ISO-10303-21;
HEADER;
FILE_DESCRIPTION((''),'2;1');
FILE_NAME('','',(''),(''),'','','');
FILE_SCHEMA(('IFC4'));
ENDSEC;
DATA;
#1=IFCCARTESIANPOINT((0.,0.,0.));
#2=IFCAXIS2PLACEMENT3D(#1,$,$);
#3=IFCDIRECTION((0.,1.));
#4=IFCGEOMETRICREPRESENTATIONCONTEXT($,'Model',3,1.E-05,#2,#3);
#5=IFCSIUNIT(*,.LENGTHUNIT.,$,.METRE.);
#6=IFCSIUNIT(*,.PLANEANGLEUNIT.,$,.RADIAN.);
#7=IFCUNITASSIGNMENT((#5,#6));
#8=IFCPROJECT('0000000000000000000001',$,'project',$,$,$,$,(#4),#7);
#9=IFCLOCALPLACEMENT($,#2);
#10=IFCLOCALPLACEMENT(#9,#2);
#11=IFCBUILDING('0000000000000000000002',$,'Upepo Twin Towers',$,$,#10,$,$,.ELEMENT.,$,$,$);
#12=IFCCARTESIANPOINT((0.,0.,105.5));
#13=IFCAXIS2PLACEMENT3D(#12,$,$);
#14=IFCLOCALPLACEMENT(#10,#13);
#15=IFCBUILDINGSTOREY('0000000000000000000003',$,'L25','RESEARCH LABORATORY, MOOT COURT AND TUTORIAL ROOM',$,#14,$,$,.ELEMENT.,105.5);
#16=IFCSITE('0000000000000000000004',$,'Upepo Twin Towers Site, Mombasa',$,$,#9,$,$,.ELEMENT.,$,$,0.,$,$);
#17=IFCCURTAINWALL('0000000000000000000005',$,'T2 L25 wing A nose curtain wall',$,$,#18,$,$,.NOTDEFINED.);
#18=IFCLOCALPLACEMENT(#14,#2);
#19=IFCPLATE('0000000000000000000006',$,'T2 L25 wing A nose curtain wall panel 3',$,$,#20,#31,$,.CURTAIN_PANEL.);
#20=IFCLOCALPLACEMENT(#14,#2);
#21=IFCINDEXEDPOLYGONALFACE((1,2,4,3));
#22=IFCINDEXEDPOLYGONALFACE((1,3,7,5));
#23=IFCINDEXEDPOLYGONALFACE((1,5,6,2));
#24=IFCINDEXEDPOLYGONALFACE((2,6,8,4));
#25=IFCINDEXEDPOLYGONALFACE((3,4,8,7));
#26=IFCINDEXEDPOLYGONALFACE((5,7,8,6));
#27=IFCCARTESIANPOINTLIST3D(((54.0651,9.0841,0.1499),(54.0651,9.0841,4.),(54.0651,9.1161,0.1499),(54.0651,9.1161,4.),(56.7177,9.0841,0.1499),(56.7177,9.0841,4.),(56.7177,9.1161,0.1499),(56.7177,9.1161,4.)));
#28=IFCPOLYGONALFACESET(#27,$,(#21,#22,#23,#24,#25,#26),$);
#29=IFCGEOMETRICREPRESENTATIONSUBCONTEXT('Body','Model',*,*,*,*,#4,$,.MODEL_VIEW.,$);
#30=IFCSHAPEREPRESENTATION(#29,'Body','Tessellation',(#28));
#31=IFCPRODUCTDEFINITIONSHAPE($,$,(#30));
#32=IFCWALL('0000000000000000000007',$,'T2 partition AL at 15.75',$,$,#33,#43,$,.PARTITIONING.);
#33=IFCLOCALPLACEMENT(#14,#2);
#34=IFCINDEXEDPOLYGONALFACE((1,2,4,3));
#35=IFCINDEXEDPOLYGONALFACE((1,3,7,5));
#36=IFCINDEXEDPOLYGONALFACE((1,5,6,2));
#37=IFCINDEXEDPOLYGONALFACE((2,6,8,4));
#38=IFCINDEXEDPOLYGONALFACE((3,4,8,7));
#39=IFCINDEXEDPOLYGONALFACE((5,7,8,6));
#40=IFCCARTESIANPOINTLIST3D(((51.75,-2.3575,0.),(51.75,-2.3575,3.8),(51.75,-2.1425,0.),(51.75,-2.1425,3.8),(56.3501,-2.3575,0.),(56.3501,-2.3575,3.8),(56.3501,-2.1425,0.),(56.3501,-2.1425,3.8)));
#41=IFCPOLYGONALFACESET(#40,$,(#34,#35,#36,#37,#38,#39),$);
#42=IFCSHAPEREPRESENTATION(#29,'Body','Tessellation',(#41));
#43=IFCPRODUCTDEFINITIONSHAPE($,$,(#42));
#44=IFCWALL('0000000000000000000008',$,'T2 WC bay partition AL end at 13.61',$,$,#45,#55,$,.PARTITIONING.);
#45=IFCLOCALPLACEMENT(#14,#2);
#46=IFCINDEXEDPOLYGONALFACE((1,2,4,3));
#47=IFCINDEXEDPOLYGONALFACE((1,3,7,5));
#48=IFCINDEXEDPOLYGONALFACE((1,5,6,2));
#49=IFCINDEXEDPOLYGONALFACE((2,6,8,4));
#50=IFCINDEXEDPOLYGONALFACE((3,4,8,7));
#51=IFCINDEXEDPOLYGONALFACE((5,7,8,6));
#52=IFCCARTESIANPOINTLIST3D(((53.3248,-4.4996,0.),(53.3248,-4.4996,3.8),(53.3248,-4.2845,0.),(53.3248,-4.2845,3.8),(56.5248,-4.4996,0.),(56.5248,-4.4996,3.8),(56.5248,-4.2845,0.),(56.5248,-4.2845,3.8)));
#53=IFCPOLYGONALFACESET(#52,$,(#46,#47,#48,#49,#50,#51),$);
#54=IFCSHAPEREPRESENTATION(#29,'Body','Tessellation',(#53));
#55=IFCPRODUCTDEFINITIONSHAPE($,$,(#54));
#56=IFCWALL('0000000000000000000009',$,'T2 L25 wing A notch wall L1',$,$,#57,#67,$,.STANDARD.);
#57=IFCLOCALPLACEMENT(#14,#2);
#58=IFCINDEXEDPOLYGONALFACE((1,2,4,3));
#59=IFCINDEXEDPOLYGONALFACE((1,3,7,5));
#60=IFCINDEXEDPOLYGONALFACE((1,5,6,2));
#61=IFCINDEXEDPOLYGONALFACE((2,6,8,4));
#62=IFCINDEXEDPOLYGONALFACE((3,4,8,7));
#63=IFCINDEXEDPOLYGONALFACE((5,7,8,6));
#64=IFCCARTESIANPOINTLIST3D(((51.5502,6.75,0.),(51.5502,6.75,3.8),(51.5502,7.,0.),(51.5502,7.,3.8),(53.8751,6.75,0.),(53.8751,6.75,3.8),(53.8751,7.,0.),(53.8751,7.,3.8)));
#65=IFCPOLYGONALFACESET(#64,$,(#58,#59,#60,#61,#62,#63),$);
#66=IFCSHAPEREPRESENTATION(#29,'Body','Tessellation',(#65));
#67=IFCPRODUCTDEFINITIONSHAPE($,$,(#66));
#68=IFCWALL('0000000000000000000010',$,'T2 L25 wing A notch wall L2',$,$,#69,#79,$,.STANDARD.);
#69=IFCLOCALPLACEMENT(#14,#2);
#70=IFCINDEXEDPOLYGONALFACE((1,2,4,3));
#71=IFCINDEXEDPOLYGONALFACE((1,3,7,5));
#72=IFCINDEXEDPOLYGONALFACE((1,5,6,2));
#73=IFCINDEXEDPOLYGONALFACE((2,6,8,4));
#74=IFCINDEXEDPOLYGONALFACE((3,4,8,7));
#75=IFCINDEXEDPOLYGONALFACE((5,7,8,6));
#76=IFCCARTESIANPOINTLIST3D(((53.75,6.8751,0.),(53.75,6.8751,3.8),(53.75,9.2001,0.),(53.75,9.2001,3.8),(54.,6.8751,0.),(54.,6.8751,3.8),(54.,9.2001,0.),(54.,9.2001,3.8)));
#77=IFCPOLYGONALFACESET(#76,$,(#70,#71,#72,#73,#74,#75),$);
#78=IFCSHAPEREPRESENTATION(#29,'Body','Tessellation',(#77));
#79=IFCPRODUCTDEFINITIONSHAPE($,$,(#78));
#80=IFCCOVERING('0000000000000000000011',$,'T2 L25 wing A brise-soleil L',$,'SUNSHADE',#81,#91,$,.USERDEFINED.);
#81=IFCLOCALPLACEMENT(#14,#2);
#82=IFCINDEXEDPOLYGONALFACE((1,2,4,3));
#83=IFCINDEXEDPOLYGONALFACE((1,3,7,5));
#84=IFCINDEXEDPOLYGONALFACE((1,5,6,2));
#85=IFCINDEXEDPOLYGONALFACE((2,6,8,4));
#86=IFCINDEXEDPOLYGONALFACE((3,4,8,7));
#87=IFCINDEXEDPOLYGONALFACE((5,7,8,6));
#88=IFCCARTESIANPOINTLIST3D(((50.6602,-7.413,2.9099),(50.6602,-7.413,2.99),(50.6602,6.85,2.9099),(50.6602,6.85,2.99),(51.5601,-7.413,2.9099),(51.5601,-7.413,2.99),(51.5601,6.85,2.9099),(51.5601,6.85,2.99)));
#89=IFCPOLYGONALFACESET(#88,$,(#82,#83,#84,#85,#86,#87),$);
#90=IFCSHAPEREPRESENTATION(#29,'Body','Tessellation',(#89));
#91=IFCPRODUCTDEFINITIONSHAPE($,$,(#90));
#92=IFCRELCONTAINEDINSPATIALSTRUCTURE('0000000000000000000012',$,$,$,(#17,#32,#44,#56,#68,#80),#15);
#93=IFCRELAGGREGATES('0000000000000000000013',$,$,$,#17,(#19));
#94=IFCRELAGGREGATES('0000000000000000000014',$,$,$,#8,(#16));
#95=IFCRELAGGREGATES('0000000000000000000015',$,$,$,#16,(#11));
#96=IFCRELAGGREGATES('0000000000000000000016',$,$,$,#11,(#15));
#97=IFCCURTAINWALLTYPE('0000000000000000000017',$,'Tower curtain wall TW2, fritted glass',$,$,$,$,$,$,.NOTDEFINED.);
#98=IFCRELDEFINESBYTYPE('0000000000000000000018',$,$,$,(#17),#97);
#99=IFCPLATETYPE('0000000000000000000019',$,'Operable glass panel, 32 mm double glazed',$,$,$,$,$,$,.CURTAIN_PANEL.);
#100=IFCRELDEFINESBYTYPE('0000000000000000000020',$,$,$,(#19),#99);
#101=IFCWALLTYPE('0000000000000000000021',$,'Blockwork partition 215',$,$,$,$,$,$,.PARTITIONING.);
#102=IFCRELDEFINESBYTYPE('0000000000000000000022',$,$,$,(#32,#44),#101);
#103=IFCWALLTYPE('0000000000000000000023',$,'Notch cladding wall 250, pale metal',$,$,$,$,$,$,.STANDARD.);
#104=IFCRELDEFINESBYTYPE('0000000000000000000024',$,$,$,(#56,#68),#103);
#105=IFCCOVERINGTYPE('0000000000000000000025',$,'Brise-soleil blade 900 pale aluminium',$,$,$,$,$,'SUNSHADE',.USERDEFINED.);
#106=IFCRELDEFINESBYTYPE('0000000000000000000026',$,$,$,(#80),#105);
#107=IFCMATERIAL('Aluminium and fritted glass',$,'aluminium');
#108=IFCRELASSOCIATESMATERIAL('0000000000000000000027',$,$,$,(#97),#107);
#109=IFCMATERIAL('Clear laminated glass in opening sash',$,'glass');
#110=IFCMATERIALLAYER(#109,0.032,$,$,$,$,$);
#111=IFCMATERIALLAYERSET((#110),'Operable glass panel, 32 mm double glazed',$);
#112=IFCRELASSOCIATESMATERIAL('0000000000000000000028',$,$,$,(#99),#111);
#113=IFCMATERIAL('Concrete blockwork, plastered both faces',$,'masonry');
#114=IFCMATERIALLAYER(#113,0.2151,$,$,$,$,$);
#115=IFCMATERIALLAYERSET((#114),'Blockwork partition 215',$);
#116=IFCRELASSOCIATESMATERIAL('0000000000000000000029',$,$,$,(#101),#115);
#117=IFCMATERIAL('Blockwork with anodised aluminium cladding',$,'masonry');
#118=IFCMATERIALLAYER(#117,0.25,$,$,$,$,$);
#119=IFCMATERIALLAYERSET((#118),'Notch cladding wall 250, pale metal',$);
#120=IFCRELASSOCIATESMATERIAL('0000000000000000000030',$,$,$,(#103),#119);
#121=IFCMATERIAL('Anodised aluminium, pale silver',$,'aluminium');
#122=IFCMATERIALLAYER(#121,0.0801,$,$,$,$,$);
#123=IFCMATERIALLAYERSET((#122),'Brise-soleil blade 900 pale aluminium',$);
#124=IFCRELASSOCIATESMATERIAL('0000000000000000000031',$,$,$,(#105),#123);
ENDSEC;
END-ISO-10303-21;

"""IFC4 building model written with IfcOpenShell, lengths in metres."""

from ifc_helpers import new_model, si_unit, direction, frame, frame_2d, origin, origin_2d, place, context, subcontext, project, spatial, rectangle, extrude, material, layer, layer_set, type_object, element, aggregate, save


model = new_model("IFC4")

# Units and contexts
model_context = context("Model", 3, precision=1e-05, world=origin(), true_north=direction((0.0, 1.0)))
body_context = subcontext(model_context, "Body", "Model", "MODEL_VIEW")
ifc_project = project(units=[si_unit("LENGTHUNIT", "METRE"), si_unit("PLANEANGLEUNIT", "RADIAN")], contexts=[model_context])

# Site, building, storey
site_placement = place(None, origin())
site = spatial("IfcSite", under=ifc_project, at=site_placement, Name="Upepo Twin Towers Site, Mombasa", CompositionType="ELEMENT", RefElevation=0.0)
building_placement = place(site_placement, origin())
building = spatial("IfcBuilding", under=site, at=building_placement, Name="Upepo Twin Towers", CompositionType="ELEMENT")
storey_placement = place(building_placement, frame((0.0, 0.0, 105.5)))
storey = spatial("IfcBuildingStorey", under=building, at=storey_placement, Name="L25", Description="RESEARCH LABORATORY, MOOT COURT AND TUTORIAL ROOM", CompositionType="ELEMENT", Elevation=105.5)

# Shared definitions
ifc_material_1 = material(Name="Aluminium and fritted glass", Category="aluminium")
curtain_wall_type = type_object("IfcCurtainWallType", Name="Tower curtain wall TW2, fritted glass", PredefinedType="NOTDEFINED", material=ifc_material_1)

# Curtain wall
curtain_wall_1_placement = place(storey_placement, origin())
curtain_wall_1 = element("IfcCurtainWall", 1, at=curtain_wall_1_placement, inside=storey, type_object=curtain_wall_type, Name="T2 L25 wing A nose curtain wall", PredefinedType="NOTDEFINED")

# Plate
ifc_material_2 = material(Name="Clear laminated glass in opening sash", Category="glass")
ifc_layer_1 = layer(ifc_material_2, 0.032)
ifc_layer_set_1 = layer_set([ifc_layer_1], Name="Operable glass panel, 32 mm double glazed")
plate_type_1 = type_object("IfcPlateType", Name="Operable glass panel, 32 mm double glazed", PredefinedType="CURTAIN_PANEL", material=ifc_layer_set_1)
plate_1_placement = place(storey_placement, frame((55.3914, 9.1001, 0.1499), z_axis=(0.0, 0.0, 1.0), x_axis=(-1.0, 0.0, 0.0)))
plate_1 = element("IfcPlate", 2, at=plate_1_placement, type_object=plate_type_1, Name="T2 L25 wing A nose curtain wall panel 3", PredefinedType="CURTAIN_PANEL", context=body_context, shape_type="SweptSolid", body=[
    extrude(rectangle(XDim=2.6526, YDim=0.032, at=origin_2d()), origin(), (0.0, 0.0, 1.0), 3.8501),
])
aggregate(curtain_wall_1, [plate_1])

# Walls
ifc_material_3 = material(Name="Concrete blockwork, plastered both faces", Category="masonry")
ifc_layer_2 = layer(ifc_material_3, 0.2151)
ifc_layer_set_2 = layer_set([ifc_layer_2], Name="Blockwork partition 215")
wall_type_1 = type_object("IfcWallType", Name="Blockwork partition 215", PredefinedType="PARTITIONING", material=ifc_layer_set_2)
wall_1_placement = place(storey_placement, frame((56.3501, -2.25, 0.0), z_axis=(0.0, 0.0, 1.0), x_axis=(-1.0, 0.0, 0.0)))
element("IfcWall", 3, at=wall_1_placement, inside=storey, type_object=wall_type_1, Name="T2 partition AL at 15.75", PredefinedType="PARTITIONING", context=body_context, shape_type="SweptSolid", body=[
    extrude(rectangle(XDim=4.6001, YDim=0.2151, at=frame_2d((2.3, 0.0))), origin(), (0.0, 0.0, 1.0), 3.8),
])
wall_2_placement = place(storey_placement, frame((56.5249, -4.3921, 0.0), z_axis=(0.0, 0.0, 1.0), x_axis=(-1.0, 0.0, 0.0)))
element("IfcWall", 4, at=wall_2_placement, inside=storey, type_object=wall_type_1, Name="T2 WC bay partition AL end at 13.61", PredefinedType="PARTITIONING", context=body_context, shape_type="SweptSolid", body=[
    extrude(rectangle(XDim=3.2, YDim=0.2151, at=frame_2d((1.6001, 0.0))), origin(), (0.0, 0.0, 1.0), 3.8),
])
ifc_material_4 = material(Name="Blockwork with anodised aluminium cladding", Category="masonry")
ifc_layer_3 = layer(ifc_material_4, 0.25)
ifc_layer_set_3 = layer_set([ifc_layer_3], Name="Notch cladding wall 250, pale metal")
wall_type_2 = type_object("IfcWallType", Name="Notch cladding wall 250, pale metal", PredefinedType="STANDARD", material=ifc_layer_set_3)
for number, where, z_axis, x_axis, name in (
    (5, (51.55, 6.875, 0.0), (0.0, 0.0, 1.0), (1.0, 0.0, 0.0), "T2 L25 wing A notch wall L1"),
    (6, (53.875, 6.875, 0.0), (0.0, 0.0, 1.0), (0.0, 1.0, 0.0), "T2 L25 wing A notch wall L2"),
):
    element("IfcWall", number, at=place(storey_placement, frame(where, z_axis=z_axis, x_axis=x_axis)), inside=storey, type_object=wall_type_2, Name=name, PredefinedType="STANDARD", context=body_context, shape_type="SweptSolid", body=[
        extrude(rectangle(XDim=2.325, YDim=0.25, at=frame_2d((1.1626, 0.0))), origin(), (0.0, 0.0, 1.0), 3.8),
    ])

# Covering
ifc_material_5 = material(Name="Anodised aluminium, pale silver", Category="aluminium")
ifc_layer_4 = layer(ifc_material_5, 0.0801)
ifc_layer_set_4 = layer_set([ifc_layer_4], Name="Brise-soleil blade 900 pale aluminium")
covering_type = type_object("IfcCoveringType", Name="Brise-soleil blade 900 pale aluminium", ElementType="SUNSHADE", PredefinedType="USERDEFINED", material=ifc_layer_set_4)
covering_placement = place(storey_placement, frame((51.1101, -0.2815, 2.9099), z_axis=(0.0, 0.0, 1.0), x_axis=(0.0, 1.0, 0.0)))
element("IfcCovering", 7, at=covering_placement, inside=storey, type_object=covering_type, Name="T2 L25 wing A brise-soleil L", ObjectType="SUNSHADE", PredefinedType="USERDEFINED", context=body_context, shape_type="SweptSolid", body=[
    extrude(rectangle(XDim=14.2629, YDim=0.8999, at=origin_2d()), origin(), (0.0, 0.0, 1.0), 0.0801),
])

save(model, "model.ifc")
